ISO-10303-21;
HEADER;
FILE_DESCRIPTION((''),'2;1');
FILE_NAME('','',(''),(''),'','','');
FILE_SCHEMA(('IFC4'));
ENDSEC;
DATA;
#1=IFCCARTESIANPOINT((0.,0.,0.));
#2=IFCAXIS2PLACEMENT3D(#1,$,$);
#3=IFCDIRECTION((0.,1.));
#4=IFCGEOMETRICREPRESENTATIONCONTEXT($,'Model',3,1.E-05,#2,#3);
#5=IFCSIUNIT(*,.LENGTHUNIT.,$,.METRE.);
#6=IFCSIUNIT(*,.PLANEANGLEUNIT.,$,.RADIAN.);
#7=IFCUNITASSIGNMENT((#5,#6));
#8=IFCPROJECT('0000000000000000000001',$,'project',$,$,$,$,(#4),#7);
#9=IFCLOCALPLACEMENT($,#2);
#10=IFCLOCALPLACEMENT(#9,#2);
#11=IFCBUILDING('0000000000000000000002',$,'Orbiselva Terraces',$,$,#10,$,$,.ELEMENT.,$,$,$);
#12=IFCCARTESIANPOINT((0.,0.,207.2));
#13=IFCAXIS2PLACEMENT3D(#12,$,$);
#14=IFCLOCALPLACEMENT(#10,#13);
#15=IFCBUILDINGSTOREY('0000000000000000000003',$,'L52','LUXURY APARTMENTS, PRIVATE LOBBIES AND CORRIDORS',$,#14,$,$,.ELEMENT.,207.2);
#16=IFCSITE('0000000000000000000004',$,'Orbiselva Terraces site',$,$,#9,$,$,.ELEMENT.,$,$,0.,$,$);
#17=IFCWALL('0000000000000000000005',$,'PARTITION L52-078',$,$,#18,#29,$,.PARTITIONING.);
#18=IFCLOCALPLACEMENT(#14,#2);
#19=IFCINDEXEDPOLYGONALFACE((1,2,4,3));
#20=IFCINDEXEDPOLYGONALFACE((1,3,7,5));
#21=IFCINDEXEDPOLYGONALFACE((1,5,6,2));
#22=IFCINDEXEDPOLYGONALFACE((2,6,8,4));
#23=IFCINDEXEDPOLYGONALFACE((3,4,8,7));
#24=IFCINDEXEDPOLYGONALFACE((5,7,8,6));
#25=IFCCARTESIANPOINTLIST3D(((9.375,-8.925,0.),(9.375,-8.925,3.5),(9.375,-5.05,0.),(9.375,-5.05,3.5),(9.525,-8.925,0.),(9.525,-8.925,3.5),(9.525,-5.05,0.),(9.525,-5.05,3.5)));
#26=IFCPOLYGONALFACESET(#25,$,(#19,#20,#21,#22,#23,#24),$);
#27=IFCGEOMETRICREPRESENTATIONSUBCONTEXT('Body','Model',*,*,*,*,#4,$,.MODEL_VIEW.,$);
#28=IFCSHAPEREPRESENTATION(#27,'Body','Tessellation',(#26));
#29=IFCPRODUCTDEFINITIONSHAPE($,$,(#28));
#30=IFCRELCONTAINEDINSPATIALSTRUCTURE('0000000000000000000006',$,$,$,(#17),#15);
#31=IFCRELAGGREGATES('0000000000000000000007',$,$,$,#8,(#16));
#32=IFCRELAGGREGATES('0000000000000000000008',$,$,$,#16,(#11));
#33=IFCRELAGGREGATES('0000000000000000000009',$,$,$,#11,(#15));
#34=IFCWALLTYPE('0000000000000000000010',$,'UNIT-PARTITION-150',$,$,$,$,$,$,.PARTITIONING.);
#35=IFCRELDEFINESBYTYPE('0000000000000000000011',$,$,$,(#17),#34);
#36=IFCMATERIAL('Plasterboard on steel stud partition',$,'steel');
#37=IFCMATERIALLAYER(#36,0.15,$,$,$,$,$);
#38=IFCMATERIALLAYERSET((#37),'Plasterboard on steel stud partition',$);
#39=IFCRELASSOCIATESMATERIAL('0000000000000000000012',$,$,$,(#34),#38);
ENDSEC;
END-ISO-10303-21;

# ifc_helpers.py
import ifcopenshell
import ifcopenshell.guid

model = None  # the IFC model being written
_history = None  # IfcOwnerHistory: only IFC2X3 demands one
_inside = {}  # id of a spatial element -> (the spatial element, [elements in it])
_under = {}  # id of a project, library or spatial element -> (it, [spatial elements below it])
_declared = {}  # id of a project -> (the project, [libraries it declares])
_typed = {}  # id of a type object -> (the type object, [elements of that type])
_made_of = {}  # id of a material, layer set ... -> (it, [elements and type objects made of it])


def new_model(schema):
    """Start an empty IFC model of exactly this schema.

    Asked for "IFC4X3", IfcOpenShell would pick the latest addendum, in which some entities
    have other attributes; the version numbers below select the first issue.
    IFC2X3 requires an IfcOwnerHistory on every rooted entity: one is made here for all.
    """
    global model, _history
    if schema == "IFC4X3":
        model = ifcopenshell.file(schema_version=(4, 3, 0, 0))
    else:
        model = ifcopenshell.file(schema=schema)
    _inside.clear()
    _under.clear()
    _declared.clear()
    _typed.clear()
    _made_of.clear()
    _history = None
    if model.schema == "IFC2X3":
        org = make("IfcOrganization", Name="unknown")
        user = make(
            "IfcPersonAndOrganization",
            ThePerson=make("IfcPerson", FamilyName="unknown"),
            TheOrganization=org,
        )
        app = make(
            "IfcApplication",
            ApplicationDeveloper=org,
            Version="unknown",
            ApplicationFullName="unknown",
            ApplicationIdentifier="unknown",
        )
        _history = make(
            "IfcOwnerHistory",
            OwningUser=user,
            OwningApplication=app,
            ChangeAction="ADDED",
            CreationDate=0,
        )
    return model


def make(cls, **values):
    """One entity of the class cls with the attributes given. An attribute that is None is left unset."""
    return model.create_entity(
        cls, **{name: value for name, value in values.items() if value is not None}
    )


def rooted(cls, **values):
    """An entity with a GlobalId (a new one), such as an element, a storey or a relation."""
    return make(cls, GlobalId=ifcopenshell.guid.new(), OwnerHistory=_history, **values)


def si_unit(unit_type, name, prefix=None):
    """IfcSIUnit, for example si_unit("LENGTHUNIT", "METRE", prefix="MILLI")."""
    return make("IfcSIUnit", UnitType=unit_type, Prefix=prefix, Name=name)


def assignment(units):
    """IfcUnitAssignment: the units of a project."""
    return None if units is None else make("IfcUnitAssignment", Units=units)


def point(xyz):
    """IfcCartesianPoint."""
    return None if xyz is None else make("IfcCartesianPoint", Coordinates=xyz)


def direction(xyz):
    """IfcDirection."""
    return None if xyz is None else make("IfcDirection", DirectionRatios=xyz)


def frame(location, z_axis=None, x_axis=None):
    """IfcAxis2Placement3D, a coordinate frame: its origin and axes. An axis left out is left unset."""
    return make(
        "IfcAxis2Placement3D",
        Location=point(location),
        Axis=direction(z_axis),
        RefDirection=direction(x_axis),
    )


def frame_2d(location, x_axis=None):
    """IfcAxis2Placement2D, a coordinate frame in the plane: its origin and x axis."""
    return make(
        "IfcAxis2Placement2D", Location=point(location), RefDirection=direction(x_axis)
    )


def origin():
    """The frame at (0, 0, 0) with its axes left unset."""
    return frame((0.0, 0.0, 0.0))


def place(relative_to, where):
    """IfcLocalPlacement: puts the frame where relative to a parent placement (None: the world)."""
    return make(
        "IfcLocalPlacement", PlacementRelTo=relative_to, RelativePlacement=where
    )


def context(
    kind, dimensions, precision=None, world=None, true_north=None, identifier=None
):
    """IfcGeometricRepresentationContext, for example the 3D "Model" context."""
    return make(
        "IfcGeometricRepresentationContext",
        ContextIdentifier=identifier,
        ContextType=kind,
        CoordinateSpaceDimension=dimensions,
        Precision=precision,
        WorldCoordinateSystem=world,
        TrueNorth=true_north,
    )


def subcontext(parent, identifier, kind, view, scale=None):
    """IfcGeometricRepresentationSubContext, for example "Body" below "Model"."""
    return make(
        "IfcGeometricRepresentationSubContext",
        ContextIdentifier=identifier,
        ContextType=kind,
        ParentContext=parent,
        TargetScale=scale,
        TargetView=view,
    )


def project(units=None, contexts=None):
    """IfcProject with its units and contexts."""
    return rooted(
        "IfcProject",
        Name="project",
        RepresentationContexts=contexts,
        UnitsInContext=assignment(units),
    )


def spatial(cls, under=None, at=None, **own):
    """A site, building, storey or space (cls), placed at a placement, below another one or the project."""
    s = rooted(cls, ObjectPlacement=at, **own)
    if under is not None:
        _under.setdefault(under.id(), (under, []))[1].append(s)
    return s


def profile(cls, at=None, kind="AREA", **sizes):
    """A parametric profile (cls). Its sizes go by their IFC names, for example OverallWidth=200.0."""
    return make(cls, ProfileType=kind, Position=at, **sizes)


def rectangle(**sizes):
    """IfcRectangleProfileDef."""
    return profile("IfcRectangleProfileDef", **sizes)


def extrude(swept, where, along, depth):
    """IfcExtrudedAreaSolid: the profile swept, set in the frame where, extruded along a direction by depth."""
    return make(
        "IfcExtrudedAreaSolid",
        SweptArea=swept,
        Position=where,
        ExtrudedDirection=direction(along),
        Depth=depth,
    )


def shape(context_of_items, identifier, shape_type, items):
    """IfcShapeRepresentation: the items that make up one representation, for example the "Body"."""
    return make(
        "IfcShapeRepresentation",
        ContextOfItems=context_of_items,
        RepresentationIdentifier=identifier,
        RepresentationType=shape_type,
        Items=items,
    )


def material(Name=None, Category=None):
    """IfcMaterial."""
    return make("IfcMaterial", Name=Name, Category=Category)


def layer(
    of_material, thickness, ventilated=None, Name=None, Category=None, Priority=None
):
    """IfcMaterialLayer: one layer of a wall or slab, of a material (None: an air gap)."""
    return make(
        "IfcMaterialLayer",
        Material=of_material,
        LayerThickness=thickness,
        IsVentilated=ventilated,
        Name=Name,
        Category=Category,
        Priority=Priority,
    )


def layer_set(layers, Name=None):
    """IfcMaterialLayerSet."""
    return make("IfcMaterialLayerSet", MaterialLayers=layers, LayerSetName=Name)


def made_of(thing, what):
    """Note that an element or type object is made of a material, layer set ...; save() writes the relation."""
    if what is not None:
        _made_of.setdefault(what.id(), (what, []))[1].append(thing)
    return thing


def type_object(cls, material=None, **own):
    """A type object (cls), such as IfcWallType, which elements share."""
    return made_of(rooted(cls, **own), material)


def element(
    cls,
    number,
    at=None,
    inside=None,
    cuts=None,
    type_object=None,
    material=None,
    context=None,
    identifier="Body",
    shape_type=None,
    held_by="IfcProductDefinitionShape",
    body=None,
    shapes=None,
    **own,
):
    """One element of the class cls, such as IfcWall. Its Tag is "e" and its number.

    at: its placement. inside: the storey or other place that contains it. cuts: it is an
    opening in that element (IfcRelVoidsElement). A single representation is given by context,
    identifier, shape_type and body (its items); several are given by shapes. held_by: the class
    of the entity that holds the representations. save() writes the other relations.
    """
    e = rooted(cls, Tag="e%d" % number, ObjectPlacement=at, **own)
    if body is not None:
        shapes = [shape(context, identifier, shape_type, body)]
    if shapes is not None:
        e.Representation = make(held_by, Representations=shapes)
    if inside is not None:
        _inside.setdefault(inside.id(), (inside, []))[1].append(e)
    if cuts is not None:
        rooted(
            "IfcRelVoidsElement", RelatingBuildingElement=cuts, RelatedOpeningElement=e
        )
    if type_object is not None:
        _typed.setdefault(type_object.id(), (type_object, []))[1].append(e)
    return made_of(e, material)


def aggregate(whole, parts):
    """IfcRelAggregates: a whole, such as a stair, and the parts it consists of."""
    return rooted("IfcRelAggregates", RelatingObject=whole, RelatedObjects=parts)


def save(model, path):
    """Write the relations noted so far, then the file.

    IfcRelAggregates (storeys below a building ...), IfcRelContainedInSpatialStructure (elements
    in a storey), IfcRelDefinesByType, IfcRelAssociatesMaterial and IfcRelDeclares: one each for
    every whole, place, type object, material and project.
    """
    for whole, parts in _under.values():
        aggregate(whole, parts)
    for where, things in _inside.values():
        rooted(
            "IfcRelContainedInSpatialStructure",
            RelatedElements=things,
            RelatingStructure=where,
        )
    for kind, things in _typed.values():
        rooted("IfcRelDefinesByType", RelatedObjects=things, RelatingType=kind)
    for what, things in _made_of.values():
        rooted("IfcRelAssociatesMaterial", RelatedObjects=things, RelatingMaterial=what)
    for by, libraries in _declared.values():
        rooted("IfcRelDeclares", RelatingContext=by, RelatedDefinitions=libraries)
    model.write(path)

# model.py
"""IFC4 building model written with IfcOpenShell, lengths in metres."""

from ifc_helpers import new_model, si_unit, direction, frame, frame_2d, origin, place, context, subcontext, project, spatial, rectangle, extrude, material, layer, layer_set, type_object, element, save


model = new_model("IFC4")

# Units and contexts
model_context = context("Model", 3, precision=1e-05, world=origin(), true_north=direction((0.0, 1.0)))
body_context = subcontext(model_context, "Body", "Model", "MODEL_VIEW")
ifc_project = project(units=[si_unit("LENGTHUNIT", "METRE"), si_unit("PLANEANGLEUNIT", "RADIAN")], contexts=[model_context])

# Site, building, storey
site_placement = place(None, origin())
site = spatial("IfcSite", under=ifc_project, at=site_placement, Name="Orbiselva Terraces site", CompositionType="ELEMENT", RefElevation=0.0)
building_placement = place(site_placement, origin())
building = spatial("IfcBuilding", under=site, at=building_placement, Name="Orbiselva Terraces", CompositionType="ELEMENT")
storey_placement = place(building_placement, frame((0.0, 0.0, 207.2)))
storey = spatial("IfcBuildingStorey", under=building, at=storey_placement, Name="L52", Description="LUXURY APARTMENTS, PRIVATE LOBBIES AND CORRIDORS", CompositionType="ELEMENT", Elevation=207.2)

# Shared definitions
ifc_material_1 = material(Name="Plasterboard on steel stud partition", Category="steel")

# Shared definitions
ifc_layer_1 = layer(ifc_material_1, 0.15)
ifc_layer_set_1 = layer_set([ifc_layer_1], Name="Plasterboard on steel stud partition")
wall_type_1 = type_object("IfcWallType", Name="UNIT-PARTITION-150", PredefinedType="PARTITIONING", material=ifc_layer_set_1)

# Wall
wall_1_placement = place(storey_placement, frame((9.45, -8.925, 0.0), z_axis=(0.0, 0.0, 1.0), x_axis=(0.0, 1.0, 0.0)))
element("IfcWall", 1, at=wall_1_placement, inside=storey, type_object=wall_type_1, Name="PARTITION L52-078", PredefinedType="PARTITIONING", context=body_context, shape_type="SweptSolid", body=[
    extrude(rectangle(XDim=3.875, YDim=0.15, at=frame_2d((1.9375, 0.0))), origin(), (0.0, 0.0, 1.0), 3.5),
])

save(model, "model.ifc")
